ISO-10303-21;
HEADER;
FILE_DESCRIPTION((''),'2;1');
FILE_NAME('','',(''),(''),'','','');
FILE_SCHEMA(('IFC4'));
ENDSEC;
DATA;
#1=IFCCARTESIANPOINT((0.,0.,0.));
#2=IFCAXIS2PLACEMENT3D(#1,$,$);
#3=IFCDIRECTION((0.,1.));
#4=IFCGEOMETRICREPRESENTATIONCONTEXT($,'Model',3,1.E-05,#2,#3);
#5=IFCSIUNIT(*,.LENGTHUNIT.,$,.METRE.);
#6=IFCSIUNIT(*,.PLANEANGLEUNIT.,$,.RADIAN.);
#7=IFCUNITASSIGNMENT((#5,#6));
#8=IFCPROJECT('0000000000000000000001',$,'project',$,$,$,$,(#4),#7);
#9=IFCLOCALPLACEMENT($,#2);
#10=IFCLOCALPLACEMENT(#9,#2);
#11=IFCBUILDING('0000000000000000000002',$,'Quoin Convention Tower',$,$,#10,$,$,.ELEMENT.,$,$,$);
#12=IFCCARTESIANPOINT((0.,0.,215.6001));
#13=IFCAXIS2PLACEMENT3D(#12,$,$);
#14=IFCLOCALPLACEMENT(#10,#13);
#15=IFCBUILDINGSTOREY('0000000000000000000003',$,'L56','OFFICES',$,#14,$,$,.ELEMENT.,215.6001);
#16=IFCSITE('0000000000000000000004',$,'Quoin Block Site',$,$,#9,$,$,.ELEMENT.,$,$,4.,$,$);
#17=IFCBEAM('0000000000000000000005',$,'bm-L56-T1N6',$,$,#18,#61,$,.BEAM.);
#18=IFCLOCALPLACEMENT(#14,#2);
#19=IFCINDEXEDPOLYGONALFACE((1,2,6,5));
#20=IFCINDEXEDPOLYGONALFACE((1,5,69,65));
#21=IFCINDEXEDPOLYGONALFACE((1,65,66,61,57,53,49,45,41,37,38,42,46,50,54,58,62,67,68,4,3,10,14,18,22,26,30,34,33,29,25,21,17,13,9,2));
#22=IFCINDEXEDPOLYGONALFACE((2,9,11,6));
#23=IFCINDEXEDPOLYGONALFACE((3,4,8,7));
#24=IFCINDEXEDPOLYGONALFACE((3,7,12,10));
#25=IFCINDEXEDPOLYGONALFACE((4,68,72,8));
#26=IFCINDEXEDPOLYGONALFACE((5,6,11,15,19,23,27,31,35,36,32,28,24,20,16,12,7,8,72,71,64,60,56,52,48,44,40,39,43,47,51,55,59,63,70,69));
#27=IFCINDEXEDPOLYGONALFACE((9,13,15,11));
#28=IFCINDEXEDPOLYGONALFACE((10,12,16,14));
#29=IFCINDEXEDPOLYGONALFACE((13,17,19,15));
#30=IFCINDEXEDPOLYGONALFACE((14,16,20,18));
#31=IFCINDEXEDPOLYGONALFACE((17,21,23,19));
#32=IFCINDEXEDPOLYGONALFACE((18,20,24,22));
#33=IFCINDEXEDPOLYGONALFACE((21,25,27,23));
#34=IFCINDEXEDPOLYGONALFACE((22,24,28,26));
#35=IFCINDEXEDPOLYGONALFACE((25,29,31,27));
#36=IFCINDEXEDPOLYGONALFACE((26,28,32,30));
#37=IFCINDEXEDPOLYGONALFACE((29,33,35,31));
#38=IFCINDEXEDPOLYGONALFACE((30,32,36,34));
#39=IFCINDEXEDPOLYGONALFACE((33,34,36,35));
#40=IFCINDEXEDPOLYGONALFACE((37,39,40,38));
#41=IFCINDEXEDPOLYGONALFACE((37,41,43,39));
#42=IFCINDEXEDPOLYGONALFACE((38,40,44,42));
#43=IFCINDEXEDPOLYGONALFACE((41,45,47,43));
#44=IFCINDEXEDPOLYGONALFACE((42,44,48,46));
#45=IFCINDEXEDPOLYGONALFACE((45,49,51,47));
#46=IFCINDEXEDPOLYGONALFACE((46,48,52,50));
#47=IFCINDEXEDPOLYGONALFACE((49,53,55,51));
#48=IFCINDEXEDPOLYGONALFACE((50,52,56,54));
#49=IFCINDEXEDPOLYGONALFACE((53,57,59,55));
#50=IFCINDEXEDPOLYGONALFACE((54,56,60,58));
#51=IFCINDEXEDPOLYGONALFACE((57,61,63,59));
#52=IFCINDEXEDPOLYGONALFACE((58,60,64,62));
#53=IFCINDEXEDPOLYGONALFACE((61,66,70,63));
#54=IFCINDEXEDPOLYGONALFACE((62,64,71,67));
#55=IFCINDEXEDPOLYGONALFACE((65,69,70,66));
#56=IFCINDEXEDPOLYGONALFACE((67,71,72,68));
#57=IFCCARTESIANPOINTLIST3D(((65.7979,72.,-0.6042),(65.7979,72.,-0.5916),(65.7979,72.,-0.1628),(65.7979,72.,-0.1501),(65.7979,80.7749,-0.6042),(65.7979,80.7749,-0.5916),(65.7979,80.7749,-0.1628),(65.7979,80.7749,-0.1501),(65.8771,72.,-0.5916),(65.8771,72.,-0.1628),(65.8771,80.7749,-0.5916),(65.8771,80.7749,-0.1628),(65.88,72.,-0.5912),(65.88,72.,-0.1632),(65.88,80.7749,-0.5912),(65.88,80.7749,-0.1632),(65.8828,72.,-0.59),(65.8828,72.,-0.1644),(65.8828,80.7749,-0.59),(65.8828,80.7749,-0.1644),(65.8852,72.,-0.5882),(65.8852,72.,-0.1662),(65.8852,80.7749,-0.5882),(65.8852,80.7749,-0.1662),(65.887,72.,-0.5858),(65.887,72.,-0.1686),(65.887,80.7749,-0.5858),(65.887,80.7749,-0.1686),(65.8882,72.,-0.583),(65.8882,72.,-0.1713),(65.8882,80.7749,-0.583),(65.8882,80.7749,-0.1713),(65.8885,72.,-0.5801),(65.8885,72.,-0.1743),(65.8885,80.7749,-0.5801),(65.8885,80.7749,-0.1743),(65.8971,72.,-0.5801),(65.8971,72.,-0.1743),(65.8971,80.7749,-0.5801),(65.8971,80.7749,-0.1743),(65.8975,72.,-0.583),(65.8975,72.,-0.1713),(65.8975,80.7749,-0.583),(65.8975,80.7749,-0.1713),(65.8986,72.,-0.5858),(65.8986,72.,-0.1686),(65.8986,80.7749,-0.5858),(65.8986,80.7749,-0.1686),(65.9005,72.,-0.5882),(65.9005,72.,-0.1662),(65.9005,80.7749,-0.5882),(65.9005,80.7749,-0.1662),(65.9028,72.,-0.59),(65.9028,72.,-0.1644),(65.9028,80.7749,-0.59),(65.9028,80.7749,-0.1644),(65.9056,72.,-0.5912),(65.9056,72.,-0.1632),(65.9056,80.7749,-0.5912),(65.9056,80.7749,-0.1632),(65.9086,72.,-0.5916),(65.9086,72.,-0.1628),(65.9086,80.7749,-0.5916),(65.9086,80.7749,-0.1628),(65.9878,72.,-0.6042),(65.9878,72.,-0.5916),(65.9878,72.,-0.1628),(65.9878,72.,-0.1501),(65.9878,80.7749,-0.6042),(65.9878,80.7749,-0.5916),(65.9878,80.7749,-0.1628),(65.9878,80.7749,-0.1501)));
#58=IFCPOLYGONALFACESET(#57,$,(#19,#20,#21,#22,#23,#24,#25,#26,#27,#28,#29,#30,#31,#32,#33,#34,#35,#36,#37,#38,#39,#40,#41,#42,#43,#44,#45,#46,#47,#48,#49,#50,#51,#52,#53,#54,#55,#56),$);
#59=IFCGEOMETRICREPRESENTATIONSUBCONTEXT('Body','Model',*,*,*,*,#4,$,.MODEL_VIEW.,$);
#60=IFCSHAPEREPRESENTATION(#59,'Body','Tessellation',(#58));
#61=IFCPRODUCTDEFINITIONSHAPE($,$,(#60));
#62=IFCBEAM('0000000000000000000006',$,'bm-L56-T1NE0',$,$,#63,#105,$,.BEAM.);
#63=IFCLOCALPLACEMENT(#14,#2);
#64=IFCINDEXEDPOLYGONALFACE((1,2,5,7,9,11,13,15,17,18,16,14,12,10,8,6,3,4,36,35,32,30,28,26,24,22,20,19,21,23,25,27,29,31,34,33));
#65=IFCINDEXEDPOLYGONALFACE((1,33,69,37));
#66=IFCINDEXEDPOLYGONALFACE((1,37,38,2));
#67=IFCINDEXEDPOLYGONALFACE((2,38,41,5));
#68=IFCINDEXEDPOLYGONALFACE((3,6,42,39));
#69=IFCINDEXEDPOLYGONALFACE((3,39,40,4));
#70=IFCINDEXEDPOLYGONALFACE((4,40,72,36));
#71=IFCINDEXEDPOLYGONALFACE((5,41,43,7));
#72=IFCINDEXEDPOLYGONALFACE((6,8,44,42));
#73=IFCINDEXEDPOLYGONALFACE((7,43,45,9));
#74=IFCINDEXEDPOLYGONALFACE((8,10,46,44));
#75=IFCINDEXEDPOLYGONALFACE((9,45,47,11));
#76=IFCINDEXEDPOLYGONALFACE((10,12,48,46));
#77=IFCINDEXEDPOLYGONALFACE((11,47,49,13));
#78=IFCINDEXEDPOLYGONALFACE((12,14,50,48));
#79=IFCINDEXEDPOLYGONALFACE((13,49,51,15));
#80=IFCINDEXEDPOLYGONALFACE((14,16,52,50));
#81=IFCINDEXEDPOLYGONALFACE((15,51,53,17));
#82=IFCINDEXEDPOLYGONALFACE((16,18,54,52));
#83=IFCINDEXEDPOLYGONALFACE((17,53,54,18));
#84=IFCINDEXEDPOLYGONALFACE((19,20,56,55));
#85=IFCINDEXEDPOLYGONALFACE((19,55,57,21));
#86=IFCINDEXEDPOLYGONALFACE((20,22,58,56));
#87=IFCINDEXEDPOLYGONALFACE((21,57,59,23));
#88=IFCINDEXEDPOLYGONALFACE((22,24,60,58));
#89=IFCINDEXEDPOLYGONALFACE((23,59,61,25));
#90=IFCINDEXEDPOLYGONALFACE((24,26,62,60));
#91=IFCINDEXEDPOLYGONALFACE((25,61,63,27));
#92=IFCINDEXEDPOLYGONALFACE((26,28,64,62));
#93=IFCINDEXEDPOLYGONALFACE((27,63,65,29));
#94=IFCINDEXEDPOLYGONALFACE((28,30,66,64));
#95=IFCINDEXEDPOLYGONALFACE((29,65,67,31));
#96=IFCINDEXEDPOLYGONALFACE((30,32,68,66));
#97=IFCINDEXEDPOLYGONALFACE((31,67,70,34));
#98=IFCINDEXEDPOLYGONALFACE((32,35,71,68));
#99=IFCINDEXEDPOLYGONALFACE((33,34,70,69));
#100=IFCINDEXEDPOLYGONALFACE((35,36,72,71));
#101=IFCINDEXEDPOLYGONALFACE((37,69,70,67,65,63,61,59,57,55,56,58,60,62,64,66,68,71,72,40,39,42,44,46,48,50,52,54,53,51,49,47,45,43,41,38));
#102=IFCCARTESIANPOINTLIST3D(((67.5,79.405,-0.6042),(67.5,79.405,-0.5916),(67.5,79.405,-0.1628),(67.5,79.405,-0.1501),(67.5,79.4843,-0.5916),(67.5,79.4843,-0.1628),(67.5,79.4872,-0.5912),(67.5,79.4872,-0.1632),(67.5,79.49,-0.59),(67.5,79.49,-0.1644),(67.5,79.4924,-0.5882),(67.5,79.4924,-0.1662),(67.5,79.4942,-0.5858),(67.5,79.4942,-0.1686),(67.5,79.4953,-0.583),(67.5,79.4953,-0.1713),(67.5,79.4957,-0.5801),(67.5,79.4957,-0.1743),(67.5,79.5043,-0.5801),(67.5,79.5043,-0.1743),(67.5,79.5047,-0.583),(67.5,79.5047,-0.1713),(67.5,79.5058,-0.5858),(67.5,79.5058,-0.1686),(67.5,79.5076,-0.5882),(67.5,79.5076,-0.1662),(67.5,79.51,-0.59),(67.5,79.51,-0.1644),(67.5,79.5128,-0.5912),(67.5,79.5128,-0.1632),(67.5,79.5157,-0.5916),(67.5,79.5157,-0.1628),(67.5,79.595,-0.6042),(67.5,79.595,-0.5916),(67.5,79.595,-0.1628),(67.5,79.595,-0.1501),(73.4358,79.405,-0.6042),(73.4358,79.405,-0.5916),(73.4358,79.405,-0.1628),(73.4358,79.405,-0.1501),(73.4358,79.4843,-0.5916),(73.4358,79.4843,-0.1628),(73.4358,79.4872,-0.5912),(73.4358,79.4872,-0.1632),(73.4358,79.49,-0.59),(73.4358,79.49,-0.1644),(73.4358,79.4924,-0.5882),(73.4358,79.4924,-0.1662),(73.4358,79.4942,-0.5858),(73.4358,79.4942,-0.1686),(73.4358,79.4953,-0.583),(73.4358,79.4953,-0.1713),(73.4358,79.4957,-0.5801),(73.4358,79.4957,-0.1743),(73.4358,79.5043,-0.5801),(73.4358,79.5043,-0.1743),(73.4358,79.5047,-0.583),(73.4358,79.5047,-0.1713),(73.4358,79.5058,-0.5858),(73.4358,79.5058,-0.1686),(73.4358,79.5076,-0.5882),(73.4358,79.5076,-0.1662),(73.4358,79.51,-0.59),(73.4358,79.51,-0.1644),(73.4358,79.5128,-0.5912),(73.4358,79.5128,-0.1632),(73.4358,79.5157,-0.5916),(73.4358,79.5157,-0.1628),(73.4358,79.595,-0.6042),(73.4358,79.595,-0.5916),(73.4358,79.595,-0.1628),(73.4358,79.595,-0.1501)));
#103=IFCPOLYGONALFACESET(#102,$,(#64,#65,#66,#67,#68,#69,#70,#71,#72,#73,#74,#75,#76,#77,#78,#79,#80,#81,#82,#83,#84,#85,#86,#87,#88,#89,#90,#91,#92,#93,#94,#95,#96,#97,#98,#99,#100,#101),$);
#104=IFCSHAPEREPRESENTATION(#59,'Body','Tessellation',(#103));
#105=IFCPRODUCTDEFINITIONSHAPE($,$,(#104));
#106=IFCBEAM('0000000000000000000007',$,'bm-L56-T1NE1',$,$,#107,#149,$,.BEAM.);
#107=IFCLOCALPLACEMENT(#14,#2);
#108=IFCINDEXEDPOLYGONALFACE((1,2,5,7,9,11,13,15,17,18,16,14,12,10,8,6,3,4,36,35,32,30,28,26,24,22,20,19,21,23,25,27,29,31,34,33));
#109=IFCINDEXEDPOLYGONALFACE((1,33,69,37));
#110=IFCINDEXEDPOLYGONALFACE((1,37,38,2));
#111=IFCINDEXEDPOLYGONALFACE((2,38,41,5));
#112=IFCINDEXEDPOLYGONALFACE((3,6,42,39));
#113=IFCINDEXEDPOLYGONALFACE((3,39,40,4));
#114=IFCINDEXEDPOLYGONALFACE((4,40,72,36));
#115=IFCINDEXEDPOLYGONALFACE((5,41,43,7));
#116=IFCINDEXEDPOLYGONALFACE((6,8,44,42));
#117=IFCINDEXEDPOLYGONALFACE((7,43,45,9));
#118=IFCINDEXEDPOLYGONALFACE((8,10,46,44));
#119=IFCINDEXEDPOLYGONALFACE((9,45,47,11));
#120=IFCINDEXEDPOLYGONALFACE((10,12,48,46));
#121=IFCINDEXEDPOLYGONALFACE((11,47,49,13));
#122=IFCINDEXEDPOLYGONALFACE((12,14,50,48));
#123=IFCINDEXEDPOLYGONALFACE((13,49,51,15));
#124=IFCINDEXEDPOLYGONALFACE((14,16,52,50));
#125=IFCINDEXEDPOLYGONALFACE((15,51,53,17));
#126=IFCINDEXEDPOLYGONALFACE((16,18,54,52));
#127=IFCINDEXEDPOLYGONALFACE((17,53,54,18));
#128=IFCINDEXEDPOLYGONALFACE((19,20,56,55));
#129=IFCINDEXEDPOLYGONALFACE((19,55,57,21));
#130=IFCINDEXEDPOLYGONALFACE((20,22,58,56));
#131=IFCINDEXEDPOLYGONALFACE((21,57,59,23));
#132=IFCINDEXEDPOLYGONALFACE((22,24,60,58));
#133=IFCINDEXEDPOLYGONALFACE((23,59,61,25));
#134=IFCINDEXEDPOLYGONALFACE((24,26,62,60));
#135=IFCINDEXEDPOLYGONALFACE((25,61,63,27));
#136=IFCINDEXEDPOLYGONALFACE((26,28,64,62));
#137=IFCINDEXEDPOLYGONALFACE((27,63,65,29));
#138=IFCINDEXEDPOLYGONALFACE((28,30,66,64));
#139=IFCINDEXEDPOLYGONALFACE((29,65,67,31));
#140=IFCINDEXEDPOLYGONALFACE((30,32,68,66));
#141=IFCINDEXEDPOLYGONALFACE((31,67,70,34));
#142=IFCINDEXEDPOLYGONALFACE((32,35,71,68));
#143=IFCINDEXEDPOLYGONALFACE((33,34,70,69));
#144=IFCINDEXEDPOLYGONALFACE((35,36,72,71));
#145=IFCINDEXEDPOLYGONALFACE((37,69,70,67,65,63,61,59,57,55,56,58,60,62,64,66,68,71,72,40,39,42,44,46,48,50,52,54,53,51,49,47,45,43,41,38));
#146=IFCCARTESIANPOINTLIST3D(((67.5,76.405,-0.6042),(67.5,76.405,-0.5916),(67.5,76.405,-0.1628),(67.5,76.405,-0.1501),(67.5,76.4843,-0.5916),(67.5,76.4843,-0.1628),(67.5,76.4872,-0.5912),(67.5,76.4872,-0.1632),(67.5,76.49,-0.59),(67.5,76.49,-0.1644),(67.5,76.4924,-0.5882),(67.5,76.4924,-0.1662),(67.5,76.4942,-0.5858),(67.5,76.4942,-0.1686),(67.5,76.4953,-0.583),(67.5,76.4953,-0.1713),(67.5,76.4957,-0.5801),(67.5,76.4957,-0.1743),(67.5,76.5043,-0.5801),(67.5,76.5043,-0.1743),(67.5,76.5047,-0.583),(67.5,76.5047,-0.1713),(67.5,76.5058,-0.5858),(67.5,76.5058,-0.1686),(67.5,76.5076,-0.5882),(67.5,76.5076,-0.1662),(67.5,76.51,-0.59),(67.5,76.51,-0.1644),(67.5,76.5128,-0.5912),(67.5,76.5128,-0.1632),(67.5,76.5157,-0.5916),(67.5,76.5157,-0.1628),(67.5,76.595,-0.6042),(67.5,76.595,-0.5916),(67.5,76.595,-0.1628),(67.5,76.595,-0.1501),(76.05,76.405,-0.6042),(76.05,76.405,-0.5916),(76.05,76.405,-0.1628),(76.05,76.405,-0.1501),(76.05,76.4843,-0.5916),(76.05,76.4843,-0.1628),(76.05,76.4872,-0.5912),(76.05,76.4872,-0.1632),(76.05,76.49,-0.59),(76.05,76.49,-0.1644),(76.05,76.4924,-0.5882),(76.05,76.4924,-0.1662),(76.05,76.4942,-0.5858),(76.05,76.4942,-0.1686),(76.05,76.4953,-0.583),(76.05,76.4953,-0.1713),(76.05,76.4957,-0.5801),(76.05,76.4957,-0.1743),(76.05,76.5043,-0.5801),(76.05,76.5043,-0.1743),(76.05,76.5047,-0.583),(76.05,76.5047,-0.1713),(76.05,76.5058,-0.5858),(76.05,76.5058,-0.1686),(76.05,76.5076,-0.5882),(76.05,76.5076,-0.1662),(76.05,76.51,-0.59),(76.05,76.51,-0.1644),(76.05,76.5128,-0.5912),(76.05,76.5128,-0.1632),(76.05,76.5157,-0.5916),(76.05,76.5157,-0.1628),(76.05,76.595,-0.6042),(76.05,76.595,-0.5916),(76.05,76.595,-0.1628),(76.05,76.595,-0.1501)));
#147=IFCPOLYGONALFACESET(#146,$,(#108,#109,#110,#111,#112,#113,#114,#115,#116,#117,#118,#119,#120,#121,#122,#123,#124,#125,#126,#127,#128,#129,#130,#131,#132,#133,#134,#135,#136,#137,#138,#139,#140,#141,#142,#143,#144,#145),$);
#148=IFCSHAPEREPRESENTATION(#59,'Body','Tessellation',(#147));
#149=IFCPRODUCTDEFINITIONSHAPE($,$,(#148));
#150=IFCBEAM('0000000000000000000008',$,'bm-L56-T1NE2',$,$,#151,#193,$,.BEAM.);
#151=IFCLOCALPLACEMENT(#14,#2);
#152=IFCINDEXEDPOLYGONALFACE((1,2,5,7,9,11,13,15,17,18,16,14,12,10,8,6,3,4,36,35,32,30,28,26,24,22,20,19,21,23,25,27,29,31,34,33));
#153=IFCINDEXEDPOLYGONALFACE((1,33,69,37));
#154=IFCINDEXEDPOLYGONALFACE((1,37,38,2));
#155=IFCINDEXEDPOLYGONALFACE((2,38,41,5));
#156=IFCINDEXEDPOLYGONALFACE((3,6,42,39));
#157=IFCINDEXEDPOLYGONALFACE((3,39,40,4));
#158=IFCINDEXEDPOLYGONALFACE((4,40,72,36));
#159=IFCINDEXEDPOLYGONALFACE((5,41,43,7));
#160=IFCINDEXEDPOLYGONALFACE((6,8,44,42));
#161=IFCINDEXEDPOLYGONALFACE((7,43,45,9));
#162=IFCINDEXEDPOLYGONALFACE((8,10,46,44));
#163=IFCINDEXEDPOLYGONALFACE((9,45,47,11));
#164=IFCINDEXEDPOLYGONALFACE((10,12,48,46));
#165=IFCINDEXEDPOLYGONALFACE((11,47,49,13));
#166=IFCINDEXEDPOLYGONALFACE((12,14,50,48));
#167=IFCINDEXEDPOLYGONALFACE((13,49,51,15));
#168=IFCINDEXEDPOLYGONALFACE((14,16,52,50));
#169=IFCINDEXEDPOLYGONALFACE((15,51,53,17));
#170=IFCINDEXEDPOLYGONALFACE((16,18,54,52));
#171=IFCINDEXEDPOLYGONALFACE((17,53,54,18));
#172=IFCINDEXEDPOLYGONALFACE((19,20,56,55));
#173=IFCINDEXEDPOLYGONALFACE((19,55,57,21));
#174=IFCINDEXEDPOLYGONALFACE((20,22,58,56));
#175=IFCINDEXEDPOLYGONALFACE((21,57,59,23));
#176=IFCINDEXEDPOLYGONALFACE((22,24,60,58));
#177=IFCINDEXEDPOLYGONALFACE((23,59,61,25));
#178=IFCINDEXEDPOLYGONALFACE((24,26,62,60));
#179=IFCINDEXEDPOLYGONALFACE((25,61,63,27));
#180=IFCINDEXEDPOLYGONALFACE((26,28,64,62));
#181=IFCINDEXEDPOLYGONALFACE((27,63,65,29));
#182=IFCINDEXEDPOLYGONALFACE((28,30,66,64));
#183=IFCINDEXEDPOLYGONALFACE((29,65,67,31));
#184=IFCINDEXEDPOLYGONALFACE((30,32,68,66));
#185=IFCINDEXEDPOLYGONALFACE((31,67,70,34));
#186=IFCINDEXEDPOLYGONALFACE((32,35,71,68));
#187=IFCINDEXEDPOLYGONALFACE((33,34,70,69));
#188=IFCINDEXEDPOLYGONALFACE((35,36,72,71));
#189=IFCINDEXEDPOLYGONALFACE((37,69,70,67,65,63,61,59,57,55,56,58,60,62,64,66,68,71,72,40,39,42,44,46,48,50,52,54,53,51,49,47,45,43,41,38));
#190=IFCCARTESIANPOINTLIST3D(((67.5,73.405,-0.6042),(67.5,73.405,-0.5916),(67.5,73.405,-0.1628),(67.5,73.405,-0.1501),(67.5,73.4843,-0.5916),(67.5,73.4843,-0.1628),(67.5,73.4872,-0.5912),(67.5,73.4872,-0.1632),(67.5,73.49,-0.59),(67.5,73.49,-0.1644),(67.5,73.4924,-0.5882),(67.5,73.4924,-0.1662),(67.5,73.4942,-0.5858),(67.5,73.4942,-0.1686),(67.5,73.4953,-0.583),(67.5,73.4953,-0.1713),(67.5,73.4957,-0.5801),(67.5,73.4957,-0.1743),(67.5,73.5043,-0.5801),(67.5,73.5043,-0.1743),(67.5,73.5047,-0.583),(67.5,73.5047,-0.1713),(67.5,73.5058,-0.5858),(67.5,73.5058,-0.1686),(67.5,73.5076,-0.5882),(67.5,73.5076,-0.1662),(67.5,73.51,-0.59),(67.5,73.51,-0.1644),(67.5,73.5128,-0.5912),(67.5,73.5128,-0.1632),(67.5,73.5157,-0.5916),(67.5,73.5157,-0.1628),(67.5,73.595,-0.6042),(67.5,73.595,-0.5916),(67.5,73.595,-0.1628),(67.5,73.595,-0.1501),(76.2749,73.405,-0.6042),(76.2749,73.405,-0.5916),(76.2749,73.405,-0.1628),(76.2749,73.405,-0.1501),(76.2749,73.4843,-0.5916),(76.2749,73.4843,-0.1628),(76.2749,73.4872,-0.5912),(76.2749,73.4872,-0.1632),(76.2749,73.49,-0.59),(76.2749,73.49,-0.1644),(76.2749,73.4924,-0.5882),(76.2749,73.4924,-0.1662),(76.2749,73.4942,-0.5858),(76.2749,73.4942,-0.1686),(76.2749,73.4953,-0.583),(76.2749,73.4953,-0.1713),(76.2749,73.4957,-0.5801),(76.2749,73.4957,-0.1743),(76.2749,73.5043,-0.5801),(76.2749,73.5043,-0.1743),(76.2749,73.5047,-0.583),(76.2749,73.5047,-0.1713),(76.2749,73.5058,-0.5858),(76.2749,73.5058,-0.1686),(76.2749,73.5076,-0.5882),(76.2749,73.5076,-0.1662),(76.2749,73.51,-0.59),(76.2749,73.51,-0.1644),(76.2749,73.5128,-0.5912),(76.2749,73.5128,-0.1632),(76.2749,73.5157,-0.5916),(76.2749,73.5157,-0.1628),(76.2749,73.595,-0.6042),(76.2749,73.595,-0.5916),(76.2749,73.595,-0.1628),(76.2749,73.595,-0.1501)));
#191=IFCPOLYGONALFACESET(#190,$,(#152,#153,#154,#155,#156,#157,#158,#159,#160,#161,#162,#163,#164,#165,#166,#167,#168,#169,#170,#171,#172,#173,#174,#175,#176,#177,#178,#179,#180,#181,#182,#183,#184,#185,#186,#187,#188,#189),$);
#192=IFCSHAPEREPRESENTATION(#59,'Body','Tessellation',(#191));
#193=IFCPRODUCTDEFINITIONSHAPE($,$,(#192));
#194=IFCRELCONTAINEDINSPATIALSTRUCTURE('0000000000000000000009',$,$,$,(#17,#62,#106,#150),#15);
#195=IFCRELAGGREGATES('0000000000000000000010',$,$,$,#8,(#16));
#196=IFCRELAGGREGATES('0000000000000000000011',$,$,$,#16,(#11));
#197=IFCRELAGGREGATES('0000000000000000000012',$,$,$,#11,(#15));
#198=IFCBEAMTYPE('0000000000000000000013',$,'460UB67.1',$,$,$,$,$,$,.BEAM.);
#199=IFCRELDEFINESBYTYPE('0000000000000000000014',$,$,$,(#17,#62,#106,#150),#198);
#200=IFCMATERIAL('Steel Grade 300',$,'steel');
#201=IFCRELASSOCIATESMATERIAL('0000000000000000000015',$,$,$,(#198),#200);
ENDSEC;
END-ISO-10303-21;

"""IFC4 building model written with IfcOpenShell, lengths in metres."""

from ifc_helpers import new_model, si_unit, direction, frame, origin, origin_2d, place, context, subcontext, project, spatial, i_section, extrude, material, material_profile, profile_set, type_object, element, save


model = new_model("IFC4")

# Units and contexts
model_context = context("Model", 3, precision=1e-05, world=origin(), true_north=direction((0.0, 1.0)))
body_context = subcontext(model_context, "Body", "Model", "MODEL_VIEW")
ifc_project = project(units=[si_unit("LENGTHUNIT", "METRE"), si_unit("PLANEANGLEUNIT", "RADIAN")], contexts=[model_context])

# Site, building, storey
site_placement = place(None, origin())
site = spatial("IfcSite", under=ifc_project, at=site_placement, Name="Quoin Block Site", CompositionType="ELEMENT", RefElevation=4.0)
building_placement = place(site_placement, origin())
building = spatial("IfcBuilding", under=site, at=building_placement, Name="Quoin Convention Tower", CompositionType="ELEMENT")
storey_placement = place(building_placement, frame((0.0, 0.0, 215.6001)))
storey = spatial("IfcBuildingStorey", under=building, at=storey_placement, Name="L56", Description="OFFICES", CompositionType="ELEMENT", Elevation=215.6001)

# Beams
ifc_material_1 = material(Name="Steel Grade 300", Category="steel")
ifc_material_profile_1 = material_profile(ifc_material_1, i_section(OverallWidth=0.1899, OverallDepth=0.4541, WebThickness=0.0085, FlangeThickness=0.0127, FilletRadius=0.0115, at=origin_2d()), Name="460UB67.1")
ifc_profile_set_1 = profile_set([ifc_material_profile_1], Name="Steel Grade 300")
beam_type_1 = type_object("IfcBeamType", Name="460UB67.1", PredefinedType="BEAM", material=ifc_profile_set_1)
beam_1_placement = place(storey_placement, frame((65.8928, 72.0, -0.3772), z_axis=(0.0, 1.0, 0.0), x_axis=(-1.0, 0.0, 0.0)))
element("IfcBeam", 1, at=beam_1_placement, inside=storey, type_object=beam_type_1, Name="bm-L56-T1N6", PredefinedType="BEAM", context=body_context, shape_type="SweptSolid", body=[
    extrude(i_section(OverallWidth=0.1899, OverallDepth=0.4541, WebThickness=0.0085, FlangeThickness=0.0127, FilletRadius=0.0115, at=origin_2d()), origin(), (0.0, 0.0, 1.0), 8.7749),
])
beam_2_placement = place(storey_placement, frame((67.5, 79.5, -0.3772), z_axis=(1.0, 0.0, 0.0), x_axis=(0.0, 1.0, 0.0)))
element("IfcBeam", 2, at=beam_2_placement, inside=storey, type_object=beam_type_1, Name="bm-L56-T1NE0", PredefinedType="BEAM", context=body_context, shape_type="SweptSolid", body=[
    extrude(i_section(OverallWidth=0.1899, OverallDepth=0.4541, WebThickness=0.0085, FlangeThickness=0.0127, FilletRadius=0.0115, at=origin_2d()), origin(), (0.0, 0.0, 1.0), 5.9358),
])
beam_3_placement = place(storey_placement, frame((67.5, 76.5, -0.3772), z_axis=(1.0, 0.0, 0.0), x_axis=(0.0, 1.0, 0.0)))
element("IfcBeam", 3, at=beam_3_placement, inside=storey, type_object=beam_type_1, Name="bm-L56-T1NE1", PredefinedType="BEAM", context=body_context, shape_type="SweptSolid", body=[
    extrude(i_section(OverallWidth=0.1899, OverallDepth=0.4541, WebThickness=0.0085, FlangeThickness=0.0127, FilletRadius=0.0115, at=origin_2d()), origin(), (0.0, 0.0, 1.0), 8.55),
])
beam_4_placement = place(storey_placement, frame((67.5, 73.5, -0.3772), z_axis=(1.0, 0.0, 0.0), x_axis=(0.0, 1.0, 0.0)))
element("IfcBeam", 4, at=beam_4_placement, inside=storey, type_object=beam_type_1, Name="bm-L56-T1NE2", PredefinedType="BEAM", context=body_context, shape_type="SweptSolid", body=[
    extrude(i_section(OverallWidth=0.1899, OverallDepth=0.4541, WebThickness=0.0085, FlangeThickness=0.0127, FilletRadius=0.0115, at=origin_2d()), origin(), (0.0, 0.0, 1.0), 8.7749),
])

save(model, "model.ifc")
